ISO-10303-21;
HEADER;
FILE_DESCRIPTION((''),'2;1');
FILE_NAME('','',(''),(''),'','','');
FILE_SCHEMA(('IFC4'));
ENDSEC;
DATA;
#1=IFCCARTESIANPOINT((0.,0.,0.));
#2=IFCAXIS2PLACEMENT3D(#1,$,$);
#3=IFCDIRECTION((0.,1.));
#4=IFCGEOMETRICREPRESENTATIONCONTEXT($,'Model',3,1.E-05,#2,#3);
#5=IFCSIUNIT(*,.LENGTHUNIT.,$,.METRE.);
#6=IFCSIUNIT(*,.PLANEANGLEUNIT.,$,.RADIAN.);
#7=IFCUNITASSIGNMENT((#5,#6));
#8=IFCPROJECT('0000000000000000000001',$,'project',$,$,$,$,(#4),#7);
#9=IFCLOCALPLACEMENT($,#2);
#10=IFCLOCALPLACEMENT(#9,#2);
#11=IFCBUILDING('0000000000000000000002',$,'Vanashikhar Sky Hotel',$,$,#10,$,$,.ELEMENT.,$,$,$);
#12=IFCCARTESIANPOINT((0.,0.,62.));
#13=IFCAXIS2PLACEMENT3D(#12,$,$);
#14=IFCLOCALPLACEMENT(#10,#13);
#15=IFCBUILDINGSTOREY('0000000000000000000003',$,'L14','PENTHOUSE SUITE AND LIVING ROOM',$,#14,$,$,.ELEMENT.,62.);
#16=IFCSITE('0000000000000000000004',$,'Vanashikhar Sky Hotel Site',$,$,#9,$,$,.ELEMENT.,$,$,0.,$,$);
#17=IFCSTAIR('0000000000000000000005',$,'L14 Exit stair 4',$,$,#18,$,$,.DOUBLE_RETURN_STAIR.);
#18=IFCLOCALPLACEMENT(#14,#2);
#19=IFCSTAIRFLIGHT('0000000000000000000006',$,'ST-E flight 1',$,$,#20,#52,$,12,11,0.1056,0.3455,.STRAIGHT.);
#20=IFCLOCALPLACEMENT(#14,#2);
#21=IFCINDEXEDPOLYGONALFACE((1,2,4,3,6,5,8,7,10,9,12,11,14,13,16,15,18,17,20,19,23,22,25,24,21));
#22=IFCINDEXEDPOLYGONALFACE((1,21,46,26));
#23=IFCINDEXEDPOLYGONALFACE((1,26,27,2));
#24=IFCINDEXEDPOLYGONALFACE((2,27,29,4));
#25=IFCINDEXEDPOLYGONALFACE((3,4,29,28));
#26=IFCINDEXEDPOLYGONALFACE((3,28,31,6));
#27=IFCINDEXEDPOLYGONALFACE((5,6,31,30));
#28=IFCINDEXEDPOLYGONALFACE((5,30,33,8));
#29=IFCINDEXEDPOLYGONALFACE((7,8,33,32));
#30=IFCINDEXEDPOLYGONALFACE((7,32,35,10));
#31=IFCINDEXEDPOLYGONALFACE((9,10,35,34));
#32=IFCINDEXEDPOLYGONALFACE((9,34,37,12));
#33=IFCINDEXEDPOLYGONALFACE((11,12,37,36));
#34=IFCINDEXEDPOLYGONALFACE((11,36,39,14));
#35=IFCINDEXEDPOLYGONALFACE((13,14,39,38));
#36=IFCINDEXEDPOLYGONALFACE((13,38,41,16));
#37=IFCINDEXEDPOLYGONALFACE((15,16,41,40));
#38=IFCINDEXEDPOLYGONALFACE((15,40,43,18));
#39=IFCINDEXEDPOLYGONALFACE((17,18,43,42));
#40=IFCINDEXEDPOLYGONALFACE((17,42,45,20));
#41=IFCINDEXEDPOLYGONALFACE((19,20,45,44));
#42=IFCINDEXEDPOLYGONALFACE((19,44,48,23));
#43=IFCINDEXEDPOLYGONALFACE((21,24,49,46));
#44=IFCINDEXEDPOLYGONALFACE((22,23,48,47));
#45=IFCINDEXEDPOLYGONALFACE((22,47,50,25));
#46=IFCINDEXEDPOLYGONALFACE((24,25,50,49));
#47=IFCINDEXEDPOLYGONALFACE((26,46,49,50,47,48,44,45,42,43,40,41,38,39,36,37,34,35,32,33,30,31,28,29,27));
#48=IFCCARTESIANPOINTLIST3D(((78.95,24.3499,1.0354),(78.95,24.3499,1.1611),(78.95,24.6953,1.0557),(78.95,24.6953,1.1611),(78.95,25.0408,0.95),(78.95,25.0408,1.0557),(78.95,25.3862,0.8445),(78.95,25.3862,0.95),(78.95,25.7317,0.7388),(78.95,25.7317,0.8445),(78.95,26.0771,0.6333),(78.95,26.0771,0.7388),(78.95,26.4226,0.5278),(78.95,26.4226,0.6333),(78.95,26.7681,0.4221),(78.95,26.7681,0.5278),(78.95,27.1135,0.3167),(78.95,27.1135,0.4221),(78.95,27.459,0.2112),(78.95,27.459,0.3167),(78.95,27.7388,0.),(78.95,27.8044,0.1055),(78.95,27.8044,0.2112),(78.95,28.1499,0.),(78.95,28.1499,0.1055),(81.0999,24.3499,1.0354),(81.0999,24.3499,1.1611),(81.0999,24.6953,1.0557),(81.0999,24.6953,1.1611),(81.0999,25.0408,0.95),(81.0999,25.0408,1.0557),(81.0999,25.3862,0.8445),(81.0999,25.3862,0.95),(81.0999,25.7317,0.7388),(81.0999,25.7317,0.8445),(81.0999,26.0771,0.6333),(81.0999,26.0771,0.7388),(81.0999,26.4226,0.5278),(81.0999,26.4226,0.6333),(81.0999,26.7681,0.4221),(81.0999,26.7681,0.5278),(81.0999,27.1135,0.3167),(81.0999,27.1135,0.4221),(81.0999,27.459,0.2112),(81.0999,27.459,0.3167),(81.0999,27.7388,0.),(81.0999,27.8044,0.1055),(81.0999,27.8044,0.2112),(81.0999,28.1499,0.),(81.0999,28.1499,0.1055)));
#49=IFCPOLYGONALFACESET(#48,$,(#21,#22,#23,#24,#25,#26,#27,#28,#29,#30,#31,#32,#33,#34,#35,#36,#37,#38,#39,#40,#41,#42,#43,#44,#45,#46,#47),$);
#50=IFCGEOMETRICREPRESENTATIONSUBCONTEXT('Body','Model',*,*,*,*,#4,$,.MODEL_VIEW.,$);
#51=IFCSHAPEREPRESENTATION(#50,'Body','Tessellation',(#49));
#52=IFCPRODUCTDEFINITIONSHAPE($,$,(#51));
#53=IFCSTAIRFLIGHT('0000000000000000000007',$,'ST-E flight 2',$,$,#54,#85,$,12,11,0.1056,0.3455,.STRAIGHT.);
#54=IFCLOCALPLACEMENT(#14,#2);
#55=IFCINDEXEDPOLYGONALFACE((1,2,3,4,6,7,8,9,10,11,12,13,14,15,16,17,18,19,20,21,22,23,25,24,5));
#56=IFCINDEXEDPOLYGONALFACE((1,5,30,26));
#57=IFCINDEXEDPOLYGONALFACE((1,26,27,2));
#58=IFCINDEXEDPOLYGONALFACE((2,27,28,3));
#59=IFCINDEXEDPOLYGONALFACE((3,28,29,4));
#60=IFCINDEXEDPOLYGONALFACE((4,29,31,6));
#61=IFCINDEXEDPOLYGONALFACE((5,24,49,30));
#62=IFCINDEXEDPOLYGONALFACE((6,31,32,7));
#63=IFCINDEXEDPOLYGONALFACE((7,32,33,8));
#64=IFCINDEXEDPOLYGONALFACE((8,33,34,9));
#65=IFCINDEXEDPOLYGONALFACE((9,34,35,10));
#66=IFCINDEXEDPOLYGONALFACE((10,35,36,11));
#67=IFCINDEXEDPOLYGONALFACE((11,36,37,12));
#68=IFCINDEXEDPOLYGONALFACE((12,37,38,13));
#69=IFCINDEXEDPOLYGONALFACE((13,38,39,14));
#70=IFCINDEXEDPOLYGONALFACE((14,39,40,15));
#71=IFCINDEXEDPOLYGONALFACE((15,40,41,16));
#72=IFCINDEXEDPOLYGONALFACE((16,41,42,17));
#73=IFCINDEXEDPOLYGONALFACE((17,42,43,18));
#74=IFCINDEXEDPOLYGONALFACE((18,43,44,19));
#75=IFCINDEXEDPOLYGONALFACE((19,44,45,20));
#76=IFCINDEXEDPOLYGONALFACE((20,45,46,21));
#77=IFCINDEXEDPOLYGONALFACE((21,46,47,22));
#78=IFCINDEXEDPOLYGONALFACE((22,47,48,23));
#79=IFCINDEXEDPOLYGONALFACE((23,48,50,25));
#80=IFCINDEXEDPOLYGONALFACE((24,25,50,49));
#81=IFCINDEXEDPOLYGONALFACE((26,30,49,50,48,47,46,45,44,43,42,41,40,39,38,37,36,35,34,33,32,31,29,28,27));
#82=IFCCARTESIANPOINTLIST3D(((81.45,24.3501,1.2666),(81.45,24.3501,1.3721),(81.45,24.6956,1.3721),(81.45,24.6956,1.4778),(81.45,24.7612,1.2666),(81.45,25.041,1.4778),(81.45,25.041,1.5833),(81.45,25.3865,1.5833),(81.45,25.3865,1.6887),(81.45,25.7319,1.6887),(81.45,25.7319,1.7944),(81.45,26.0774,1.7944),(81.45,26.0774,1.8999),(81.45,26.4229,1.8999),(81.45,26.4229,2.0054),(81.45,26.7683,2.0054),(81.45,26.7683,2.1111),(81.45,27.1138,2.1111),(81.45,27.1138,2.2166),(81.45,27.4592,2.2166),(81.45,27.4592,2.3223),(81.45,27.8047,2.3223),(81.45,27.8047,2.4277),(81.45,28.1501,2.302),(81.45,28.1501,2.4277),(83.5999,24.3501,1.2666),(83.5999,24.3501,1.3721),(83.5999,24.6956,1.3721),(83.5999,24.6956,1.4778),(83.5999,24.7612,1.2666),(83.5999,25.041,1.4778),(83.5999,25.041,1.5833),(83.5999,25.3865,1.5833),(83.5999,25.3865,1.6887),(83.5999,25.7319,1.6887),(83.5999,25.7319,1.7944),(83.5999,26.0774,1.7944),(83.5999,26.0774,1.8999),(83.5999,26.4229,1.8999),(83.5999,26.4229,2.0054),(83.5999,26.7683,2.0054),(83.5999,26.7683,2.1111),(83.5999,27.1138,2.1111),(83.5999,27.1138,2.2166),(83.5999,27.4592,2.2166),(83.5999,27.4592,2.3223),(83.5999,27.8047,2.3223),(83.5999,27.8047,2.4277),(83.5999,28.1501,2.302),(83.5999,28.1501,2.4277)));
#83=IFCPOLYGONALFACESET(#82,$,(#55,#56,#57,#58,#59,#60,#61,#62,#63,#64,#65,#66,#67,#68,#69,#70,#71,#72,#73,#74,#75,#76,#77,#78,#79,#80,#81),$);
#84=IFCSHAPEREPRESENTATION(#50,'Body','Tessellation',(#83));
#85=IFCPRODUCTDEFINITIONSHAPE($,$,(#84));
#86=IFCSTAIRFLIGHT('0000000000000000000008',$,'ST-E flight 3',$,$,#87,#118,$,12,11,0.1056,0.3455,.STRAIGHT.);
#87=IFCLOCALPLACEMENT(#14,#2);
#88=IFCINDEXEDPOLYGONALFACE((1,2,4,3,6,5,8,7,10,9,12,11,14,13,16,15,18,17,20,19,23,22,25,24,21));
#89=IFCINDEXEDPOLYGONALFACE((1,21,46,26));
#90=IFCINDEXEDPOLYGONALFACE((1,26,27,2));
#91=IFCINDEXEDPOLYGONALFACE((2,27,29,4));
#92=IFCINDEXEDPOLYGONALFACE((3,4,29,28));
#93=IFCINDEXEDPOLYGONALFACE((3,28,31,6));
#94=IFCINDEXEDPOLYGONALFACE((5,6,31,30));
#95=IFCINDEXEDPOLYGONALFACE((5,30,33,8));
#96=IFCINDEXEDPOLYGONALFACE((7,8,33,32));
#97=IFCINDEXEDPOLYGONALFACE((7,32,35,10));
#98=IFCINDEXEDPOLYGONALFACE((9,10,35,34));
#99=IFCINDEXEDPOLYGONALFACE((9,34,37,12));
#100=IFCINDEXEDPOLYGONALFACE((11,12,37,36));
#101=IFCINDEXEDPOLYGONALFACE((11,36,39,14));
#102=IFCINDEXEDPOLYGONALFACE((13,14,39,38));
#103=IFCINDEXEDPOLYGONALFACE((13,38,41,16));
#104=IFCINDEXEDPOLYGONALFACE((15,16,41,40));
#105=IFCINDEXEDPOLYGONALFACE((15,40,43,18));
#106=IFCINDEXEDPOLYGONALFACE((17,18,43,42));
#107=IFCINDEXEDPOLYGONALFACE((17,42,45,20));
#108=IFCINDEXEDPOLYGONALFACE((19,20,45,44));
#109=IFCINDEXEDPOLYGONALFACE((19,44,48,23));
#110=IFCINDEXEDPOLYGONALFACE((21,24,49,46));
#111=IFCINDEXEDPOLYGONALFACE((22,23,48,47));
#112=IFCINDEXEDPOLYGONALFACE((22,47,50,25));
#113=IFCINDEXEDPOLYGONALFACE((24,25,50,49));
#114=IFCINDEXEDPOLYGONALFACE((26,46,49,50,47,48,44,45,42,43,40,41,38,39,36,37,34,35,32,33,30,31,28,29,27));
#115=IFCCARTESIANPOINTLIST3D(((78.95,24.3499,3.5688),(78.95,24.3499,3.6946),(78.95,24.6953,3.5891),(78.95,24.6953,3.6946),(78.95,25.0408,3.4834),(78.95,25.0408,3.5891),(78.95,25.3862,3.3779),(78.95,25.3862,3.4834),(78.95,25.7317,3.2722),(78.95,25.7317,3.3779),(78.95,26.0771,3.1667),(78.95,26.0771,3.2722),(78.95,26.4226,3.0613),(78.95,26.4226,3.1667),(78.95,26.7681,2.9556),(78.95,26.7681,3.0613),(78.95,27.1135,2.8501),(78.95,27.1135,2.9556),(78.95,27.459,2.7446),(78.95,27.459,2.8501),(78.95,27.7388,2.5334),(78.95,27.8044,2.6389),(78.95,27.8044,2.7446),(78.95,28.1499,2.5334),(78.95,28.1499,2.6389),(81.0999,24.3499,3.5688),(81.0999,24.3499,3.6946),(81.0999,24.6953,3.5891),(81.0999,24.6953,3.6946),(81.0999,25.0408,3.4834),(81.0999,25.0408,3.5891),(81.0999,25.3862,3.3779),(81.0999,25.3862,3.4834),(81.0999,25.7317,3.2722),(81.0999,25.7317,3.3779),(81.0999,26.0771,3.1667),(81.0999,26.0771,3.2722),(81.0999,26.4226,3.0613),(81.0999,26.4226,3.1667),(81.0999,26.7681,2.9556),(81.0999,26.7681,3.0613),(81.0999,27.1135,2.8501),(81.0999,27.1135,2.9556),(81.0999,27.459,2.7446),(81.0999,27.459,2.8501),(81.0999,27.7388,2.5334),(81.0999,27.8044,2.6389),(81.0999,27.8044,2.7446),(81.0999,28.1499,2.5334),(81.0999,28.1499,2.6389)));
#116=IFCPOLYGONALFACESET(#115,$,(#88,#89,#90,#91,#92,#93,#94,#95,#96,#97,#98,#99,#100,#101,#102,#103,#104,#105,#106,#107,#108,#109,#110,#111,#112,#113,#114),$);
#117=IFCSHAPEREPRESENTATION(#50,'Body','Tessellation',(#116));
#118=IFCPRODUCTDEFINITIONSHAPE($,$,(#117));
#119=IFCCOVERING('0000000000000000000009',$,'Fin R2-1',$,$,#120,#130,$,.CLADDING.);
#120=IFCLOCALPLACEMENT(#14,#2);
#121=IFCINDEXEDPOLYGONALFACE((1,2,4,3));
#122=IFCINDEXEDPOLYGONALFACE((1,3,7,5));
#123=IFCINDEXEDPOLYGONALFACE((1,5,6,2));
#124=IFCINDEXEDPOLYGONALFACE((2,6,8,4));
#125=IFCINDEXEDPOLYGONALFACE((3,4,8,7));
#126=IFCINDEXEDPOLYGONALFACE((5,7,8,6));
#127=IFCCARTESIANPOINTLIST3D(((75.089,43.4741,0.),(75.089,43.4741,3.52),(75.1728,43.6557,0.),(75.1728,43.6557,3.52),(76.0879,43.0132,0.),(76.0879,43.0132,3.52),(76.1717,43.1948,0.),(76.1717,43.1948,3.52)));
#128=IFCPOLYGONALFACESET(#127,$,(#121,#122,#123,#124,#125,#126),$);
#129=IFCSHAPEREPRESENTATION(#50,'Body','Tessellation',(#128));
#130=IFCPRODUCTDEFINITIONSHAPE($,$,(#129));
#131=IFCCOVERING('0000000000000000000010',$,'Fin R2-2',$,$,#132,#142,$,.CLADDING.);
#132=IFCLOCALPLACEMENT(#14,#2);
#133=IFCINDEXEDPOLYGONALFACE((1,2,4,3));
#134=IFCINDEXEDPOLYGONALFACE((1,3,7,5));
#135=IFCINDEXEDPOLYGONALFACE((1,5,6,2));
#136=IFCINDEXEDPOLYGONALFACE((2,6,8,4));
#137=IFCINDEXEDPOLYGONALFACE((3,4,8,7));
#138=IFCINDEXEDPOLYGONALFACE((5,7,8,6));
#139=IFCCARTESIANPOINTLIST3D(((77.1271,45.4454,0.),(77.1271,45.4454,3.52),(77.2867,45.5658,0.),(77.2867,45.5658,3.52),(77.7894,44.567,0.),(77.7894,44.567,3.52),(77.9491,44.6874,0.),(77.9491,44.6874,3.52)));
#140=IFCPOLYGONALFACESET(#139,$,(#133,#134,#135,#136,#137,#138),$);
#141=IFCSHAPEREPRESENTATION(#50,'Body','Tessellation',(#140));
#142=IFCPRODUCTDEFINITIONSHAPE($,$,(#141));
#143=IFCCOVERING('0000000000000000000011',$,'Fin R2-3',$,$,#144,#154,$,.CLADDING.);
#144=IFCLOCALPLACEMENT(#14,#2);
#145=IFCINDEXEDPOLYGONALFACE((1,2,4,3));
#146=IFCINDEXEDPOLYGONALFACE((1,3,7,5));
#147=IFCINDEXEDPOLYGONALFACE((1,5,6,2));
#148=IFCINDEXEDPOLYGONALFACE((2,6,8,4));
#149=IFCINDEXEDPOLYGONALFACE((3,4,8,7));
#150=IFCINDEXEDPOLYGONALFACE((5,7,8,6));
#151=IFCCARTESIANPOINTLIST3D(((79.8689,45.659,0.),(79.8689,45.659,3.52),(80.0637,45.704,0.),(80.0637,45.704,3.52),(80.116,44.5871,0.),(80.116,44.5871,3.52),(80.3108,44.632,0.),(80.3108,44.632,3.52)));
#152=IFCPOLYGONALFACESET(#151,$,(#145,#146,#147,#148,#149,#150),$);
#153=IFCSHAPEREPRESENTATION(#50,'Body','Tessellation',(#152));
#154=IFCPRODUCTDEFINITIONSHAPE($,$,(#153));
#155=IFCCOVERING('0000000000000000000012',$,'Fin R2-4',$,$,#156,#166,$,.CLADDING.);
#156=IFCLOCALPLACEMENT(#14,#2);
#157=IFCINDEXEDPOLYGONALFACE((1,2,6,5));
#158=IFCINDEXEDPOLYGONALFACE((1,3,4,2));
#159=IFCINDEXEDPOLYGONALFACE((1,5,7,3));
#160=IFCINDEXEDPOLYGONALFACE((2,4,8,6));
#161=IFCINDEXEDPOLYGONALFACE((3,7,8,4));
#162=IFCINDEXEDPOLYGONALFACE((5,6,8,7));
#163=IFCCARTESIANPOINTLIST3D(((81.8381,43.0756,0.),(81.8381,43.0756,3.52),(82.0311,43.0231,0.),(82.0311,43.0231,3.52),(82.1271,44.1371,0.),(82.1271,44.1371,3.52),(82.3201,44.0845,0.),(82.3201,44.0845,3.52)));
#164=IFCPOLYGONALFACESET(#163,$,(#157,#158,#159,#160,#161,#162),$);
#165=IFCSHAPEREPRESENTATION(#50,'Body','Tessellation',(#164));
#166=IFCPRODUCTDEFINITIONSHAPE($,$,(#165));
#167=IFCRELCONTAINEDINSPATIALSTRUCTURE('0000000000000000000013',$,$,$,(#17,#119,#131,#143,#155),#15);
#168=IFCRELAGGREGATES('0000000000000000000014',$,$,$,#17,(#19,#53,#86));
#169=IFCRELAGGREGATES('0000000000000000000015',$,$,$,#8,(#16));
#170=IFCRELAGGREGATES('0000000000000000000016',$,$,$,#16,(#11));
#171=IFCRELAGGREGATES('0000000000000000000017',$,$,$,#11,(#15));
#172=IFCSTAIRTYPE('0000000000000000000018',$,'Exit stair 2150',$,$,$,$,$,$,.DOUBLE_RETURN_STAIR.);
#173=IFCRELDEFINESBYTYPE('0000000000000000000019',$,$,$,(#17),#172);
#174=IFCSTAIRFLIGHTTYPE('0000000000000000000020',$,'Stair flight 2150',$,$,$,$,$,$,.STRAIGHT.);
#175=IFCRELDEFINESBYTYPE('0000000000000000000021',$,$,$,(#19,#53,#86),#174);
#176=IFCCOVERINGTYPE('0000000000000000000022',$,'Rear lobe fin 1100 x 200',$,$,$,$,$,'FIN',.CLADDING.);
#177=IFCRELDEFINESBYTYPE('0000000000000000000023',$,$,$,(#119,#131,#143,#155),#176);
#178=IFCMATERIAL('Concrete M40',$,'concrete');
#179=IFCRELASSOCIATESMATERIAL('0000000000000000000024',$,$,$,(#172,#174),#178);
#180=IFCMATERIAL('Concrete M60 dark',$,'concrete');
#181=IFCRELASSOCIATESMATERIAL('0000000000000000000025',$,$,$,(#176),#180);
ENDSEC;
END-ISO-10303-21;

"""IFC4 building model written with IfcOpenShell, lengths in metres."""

from ifc_helpers import new_model, si_unit, direction, frame, origin, origin_2d, place, context, subcontext, project, spatial, polyline, rectangle, outline, extrude, source, transform, mapped, material, material_profile, profile_set, type_object, element, aggregate, save


model = new_model("IFC4")

# Units and contexts
model_context = context("Model", 3, precision=1e-05, world=origin(), true_north=direction((0.0, 1.0)))
body_context = subcontext(model_context, "Body", "Model", "MODEL_VIEW")
ifc_project = project(units=[si_unit("LENGTHUNIT", "METRE"), si_unit("PLANEANGLEUNIT", "RADIAN")], contexts=[model_context])

# Site, building, storey
site_placement = place(None, origin())
site = spatial("IfcSite", under=ifc_project, at=site_placement, Name="Vanashikhar Sky Hotel Site", CompositionType="ELEMENT", RefElevation=0.0)
building_placement = place(site_placement, origin())
building = spatial("IfcBuilding", under=site, at=building_placement, Name="Vanashikhar Sky Hotel", CompositionType="ELEMENT")
storey_placement = place(building_placement, frame((0.0, 0.0, 62.0)))
storey = spatial("IfcBuildingStorey", under=building, at=storey_placement, Name="L14", Description="PENTHOUSE SUITE AND LIVING ROOM", CompositionType="ELEMENT", Elevation=62.0)

# Stair, stair flights
ifc_material_1 = material(Name="Concrete M40", Category="concrete")
stair_type = type_object("IfcStairType", Name="Exit stair 2150", PredefinedType="DOUBLE_RETURN_STAIR", material=ifc_material_1)
stair_placement = place(storey_placement, origin())
stair = element("IfcStair", 1, at=stair_placement, inside=storey, type_object=stair_type, Name="L14 Exit stair 4", PredefinedType="DOUBLE_RETURN_STAIR")
stair_flight_type = type_object("IfcStairFlightType", Name="Stair flight 2150", PredefinedType="STRAIGHT", material=ifc_material_1)
shared_shape_1 = source(origin(), body_context, "Body", "SweptSolid", [
    extrude(outline(polyline([(0.0, 0.0), (0.0, 0.1055), (0.3455, 0.1055), (0.3455, 0.2112), (0.6909, 0.2112), (0.6909, 0.3167), (1.0364, 0.3167), (1.0364, 0.4221), (1.3818, 0.4221), (1.3818, 0.5278), (1.7273, 0.5278), (1.7273, 0.6333), (2.0728, 0.6333), (2.0728, 0.7388), (2.4182, 0.7388), (2.4182, 0.8445), (2.7637, 0.8445), (2.7637, 0.95), (3.1091, 0.95), (3.1091, 1.0557), (3.4546, 1.0557), (3.4546, 1.1611), (3.8, 1.1611), (3.8, 1.2666), (3.8, 1.0354), (0.4111, 0.0), (0.0, 0.0)])), frame((0.0, 1.075, 0.0), z_axis=(0.0, -1.0, 0.0), x_axis=(1.0, 0.0, 0.0)), (0.0, 0.0, 1.0), 2.1499),
])
stair_flight_1_placement = place(storey_placement, frame((80.0249, 28.1499, 0.0), z_axis=(0.0, 0.0, 1.0), x_axis=(0.0, -1.0, 0.0)))
stair_flight_1 = element("IfcStairFlight", 2, at=stair_flight_1_placement, type_object=stair_flight_type, Name="ST-E flight 1", NumberOfRisers=12, NumberOfTreads=11, PredefinedType="STRAIGHT", RiserHeight=0.1056, TreadLength=0.3455, context=body_context, shape_type="MappedRepresentation", body=[
    mapped(shared_shape_1, transform((0.0, 0.0, 0.0), scale=1.0)),
])
stair_flight_2_placement = place(storey_placement, frame((82.5249, 24.3501, 1.2666), z_axis=(0.0, 0.0, 1.0), x_axis=(0.0, 1.0, 0.0)))
stair_flight_2 = element("IfcStairFlight", 3, at=stair_flight_2_placement, type_object=stair_flight_type, Name="ST-E flight 2", NumberOfRisers=12, NumberOfTreads=11, PredefinedType="STRAIGHT", RiserHeight=0.1056, TreadLength=0.3455, context=body_context, shape_type="MappedRepresentation", body=[
    mapped(shared_shape_1, transform((0.0, 0.0, 0.0), scale=1.0)),
])
stair_flight_3_placement = place(storey_placement, frame((80.0249, 28.1499, 2.5334), z_axis=(0.0, 0.0, 1.0), x_axis=(0.0, -1.0, 0.0)))
stair_flight_3 = element("IfcStairFlight", 4, at=stair_flight_3_placement, type_object=stair_flight_type, Name="ST-E flight 3", NumberOfRisers=12, NumberOfTreads=11, PredefinedType="STRAIGHT", RiserHeight=0.1056, TreadLength=0.3455, context=body_context, shape_type="MappedRepresentation", body=[
    mapped(shared_shape_1, transform((0.0, 0.0, 0.0), scale=1.0)),
])
aggregate(stair, [stair_flight_1, stair_flight_2, stair_flight_3])

# Coverings
ifc_material_2 = material(Name="Concrete M60 dark", Category="concrete")
ifc_material_profile_1 = material_profile(ifc_material_2, rectangle(XDim=1.1001, YDim=0.2, at=origin_2d()))
ifc_profile_set_1 = profile_set([ifc_material_profile_1], Name="Rear lobe fin 1100 x 200")
covering_type = type_object("IfcCoveringType", Name="Rear lobe fin 1100 x 200", ElementType="FIN", PredefinedType="CLADDING", material=ifc_profile_set_1)
shared_shape_2 = source(origin(), body_context, "Body", "SweptSolid", [
    extrude(rectangle(XDim=1.1001, YDim=0.2, at=origin_2d()), origin(), (0.0, 0.0, 1.0), 3.52),
])
for number, where, z_axis, x_axis, name in (
    (5, (75.6304, 43.3345, 0.0), (0.0, 0.0, 1.0), (-0.908004, 0.418961, 0.0), "Fin R2-1"),
    (6, (77.5381, 45.0664, 0.0), (0.0, 0.0, 1.0), (-0.602066, 0.798446, 0.0), "Fin R2-2"),
    (7, (80.0898, 45.1455, 0.0), (0.0, 0.0, 1.0), (-0.224645, 0.974441, 0.0), "Fin R2-3"),
    (8, (82.0791, 43.5801, 0.0), (0.0, 0.0, 1.0), (0.262711, 0.964874, 0.0), "Fin R2-4"),
):
    element("IfcCovering", number, at=place(storey_placement, frame(where, z_axis=z_axis, x_axis=x_axis)), inside=storey, type_object=covering_type, Name=name, PredefinedType="CLADDING", context=body_context, shape_type="MappedRepresentation", body=[
        mapped(shared_shape_2, transform((0.0, 0.0, 0.0), scale=1.0)),
    ])

save(model, "model.ifc")
